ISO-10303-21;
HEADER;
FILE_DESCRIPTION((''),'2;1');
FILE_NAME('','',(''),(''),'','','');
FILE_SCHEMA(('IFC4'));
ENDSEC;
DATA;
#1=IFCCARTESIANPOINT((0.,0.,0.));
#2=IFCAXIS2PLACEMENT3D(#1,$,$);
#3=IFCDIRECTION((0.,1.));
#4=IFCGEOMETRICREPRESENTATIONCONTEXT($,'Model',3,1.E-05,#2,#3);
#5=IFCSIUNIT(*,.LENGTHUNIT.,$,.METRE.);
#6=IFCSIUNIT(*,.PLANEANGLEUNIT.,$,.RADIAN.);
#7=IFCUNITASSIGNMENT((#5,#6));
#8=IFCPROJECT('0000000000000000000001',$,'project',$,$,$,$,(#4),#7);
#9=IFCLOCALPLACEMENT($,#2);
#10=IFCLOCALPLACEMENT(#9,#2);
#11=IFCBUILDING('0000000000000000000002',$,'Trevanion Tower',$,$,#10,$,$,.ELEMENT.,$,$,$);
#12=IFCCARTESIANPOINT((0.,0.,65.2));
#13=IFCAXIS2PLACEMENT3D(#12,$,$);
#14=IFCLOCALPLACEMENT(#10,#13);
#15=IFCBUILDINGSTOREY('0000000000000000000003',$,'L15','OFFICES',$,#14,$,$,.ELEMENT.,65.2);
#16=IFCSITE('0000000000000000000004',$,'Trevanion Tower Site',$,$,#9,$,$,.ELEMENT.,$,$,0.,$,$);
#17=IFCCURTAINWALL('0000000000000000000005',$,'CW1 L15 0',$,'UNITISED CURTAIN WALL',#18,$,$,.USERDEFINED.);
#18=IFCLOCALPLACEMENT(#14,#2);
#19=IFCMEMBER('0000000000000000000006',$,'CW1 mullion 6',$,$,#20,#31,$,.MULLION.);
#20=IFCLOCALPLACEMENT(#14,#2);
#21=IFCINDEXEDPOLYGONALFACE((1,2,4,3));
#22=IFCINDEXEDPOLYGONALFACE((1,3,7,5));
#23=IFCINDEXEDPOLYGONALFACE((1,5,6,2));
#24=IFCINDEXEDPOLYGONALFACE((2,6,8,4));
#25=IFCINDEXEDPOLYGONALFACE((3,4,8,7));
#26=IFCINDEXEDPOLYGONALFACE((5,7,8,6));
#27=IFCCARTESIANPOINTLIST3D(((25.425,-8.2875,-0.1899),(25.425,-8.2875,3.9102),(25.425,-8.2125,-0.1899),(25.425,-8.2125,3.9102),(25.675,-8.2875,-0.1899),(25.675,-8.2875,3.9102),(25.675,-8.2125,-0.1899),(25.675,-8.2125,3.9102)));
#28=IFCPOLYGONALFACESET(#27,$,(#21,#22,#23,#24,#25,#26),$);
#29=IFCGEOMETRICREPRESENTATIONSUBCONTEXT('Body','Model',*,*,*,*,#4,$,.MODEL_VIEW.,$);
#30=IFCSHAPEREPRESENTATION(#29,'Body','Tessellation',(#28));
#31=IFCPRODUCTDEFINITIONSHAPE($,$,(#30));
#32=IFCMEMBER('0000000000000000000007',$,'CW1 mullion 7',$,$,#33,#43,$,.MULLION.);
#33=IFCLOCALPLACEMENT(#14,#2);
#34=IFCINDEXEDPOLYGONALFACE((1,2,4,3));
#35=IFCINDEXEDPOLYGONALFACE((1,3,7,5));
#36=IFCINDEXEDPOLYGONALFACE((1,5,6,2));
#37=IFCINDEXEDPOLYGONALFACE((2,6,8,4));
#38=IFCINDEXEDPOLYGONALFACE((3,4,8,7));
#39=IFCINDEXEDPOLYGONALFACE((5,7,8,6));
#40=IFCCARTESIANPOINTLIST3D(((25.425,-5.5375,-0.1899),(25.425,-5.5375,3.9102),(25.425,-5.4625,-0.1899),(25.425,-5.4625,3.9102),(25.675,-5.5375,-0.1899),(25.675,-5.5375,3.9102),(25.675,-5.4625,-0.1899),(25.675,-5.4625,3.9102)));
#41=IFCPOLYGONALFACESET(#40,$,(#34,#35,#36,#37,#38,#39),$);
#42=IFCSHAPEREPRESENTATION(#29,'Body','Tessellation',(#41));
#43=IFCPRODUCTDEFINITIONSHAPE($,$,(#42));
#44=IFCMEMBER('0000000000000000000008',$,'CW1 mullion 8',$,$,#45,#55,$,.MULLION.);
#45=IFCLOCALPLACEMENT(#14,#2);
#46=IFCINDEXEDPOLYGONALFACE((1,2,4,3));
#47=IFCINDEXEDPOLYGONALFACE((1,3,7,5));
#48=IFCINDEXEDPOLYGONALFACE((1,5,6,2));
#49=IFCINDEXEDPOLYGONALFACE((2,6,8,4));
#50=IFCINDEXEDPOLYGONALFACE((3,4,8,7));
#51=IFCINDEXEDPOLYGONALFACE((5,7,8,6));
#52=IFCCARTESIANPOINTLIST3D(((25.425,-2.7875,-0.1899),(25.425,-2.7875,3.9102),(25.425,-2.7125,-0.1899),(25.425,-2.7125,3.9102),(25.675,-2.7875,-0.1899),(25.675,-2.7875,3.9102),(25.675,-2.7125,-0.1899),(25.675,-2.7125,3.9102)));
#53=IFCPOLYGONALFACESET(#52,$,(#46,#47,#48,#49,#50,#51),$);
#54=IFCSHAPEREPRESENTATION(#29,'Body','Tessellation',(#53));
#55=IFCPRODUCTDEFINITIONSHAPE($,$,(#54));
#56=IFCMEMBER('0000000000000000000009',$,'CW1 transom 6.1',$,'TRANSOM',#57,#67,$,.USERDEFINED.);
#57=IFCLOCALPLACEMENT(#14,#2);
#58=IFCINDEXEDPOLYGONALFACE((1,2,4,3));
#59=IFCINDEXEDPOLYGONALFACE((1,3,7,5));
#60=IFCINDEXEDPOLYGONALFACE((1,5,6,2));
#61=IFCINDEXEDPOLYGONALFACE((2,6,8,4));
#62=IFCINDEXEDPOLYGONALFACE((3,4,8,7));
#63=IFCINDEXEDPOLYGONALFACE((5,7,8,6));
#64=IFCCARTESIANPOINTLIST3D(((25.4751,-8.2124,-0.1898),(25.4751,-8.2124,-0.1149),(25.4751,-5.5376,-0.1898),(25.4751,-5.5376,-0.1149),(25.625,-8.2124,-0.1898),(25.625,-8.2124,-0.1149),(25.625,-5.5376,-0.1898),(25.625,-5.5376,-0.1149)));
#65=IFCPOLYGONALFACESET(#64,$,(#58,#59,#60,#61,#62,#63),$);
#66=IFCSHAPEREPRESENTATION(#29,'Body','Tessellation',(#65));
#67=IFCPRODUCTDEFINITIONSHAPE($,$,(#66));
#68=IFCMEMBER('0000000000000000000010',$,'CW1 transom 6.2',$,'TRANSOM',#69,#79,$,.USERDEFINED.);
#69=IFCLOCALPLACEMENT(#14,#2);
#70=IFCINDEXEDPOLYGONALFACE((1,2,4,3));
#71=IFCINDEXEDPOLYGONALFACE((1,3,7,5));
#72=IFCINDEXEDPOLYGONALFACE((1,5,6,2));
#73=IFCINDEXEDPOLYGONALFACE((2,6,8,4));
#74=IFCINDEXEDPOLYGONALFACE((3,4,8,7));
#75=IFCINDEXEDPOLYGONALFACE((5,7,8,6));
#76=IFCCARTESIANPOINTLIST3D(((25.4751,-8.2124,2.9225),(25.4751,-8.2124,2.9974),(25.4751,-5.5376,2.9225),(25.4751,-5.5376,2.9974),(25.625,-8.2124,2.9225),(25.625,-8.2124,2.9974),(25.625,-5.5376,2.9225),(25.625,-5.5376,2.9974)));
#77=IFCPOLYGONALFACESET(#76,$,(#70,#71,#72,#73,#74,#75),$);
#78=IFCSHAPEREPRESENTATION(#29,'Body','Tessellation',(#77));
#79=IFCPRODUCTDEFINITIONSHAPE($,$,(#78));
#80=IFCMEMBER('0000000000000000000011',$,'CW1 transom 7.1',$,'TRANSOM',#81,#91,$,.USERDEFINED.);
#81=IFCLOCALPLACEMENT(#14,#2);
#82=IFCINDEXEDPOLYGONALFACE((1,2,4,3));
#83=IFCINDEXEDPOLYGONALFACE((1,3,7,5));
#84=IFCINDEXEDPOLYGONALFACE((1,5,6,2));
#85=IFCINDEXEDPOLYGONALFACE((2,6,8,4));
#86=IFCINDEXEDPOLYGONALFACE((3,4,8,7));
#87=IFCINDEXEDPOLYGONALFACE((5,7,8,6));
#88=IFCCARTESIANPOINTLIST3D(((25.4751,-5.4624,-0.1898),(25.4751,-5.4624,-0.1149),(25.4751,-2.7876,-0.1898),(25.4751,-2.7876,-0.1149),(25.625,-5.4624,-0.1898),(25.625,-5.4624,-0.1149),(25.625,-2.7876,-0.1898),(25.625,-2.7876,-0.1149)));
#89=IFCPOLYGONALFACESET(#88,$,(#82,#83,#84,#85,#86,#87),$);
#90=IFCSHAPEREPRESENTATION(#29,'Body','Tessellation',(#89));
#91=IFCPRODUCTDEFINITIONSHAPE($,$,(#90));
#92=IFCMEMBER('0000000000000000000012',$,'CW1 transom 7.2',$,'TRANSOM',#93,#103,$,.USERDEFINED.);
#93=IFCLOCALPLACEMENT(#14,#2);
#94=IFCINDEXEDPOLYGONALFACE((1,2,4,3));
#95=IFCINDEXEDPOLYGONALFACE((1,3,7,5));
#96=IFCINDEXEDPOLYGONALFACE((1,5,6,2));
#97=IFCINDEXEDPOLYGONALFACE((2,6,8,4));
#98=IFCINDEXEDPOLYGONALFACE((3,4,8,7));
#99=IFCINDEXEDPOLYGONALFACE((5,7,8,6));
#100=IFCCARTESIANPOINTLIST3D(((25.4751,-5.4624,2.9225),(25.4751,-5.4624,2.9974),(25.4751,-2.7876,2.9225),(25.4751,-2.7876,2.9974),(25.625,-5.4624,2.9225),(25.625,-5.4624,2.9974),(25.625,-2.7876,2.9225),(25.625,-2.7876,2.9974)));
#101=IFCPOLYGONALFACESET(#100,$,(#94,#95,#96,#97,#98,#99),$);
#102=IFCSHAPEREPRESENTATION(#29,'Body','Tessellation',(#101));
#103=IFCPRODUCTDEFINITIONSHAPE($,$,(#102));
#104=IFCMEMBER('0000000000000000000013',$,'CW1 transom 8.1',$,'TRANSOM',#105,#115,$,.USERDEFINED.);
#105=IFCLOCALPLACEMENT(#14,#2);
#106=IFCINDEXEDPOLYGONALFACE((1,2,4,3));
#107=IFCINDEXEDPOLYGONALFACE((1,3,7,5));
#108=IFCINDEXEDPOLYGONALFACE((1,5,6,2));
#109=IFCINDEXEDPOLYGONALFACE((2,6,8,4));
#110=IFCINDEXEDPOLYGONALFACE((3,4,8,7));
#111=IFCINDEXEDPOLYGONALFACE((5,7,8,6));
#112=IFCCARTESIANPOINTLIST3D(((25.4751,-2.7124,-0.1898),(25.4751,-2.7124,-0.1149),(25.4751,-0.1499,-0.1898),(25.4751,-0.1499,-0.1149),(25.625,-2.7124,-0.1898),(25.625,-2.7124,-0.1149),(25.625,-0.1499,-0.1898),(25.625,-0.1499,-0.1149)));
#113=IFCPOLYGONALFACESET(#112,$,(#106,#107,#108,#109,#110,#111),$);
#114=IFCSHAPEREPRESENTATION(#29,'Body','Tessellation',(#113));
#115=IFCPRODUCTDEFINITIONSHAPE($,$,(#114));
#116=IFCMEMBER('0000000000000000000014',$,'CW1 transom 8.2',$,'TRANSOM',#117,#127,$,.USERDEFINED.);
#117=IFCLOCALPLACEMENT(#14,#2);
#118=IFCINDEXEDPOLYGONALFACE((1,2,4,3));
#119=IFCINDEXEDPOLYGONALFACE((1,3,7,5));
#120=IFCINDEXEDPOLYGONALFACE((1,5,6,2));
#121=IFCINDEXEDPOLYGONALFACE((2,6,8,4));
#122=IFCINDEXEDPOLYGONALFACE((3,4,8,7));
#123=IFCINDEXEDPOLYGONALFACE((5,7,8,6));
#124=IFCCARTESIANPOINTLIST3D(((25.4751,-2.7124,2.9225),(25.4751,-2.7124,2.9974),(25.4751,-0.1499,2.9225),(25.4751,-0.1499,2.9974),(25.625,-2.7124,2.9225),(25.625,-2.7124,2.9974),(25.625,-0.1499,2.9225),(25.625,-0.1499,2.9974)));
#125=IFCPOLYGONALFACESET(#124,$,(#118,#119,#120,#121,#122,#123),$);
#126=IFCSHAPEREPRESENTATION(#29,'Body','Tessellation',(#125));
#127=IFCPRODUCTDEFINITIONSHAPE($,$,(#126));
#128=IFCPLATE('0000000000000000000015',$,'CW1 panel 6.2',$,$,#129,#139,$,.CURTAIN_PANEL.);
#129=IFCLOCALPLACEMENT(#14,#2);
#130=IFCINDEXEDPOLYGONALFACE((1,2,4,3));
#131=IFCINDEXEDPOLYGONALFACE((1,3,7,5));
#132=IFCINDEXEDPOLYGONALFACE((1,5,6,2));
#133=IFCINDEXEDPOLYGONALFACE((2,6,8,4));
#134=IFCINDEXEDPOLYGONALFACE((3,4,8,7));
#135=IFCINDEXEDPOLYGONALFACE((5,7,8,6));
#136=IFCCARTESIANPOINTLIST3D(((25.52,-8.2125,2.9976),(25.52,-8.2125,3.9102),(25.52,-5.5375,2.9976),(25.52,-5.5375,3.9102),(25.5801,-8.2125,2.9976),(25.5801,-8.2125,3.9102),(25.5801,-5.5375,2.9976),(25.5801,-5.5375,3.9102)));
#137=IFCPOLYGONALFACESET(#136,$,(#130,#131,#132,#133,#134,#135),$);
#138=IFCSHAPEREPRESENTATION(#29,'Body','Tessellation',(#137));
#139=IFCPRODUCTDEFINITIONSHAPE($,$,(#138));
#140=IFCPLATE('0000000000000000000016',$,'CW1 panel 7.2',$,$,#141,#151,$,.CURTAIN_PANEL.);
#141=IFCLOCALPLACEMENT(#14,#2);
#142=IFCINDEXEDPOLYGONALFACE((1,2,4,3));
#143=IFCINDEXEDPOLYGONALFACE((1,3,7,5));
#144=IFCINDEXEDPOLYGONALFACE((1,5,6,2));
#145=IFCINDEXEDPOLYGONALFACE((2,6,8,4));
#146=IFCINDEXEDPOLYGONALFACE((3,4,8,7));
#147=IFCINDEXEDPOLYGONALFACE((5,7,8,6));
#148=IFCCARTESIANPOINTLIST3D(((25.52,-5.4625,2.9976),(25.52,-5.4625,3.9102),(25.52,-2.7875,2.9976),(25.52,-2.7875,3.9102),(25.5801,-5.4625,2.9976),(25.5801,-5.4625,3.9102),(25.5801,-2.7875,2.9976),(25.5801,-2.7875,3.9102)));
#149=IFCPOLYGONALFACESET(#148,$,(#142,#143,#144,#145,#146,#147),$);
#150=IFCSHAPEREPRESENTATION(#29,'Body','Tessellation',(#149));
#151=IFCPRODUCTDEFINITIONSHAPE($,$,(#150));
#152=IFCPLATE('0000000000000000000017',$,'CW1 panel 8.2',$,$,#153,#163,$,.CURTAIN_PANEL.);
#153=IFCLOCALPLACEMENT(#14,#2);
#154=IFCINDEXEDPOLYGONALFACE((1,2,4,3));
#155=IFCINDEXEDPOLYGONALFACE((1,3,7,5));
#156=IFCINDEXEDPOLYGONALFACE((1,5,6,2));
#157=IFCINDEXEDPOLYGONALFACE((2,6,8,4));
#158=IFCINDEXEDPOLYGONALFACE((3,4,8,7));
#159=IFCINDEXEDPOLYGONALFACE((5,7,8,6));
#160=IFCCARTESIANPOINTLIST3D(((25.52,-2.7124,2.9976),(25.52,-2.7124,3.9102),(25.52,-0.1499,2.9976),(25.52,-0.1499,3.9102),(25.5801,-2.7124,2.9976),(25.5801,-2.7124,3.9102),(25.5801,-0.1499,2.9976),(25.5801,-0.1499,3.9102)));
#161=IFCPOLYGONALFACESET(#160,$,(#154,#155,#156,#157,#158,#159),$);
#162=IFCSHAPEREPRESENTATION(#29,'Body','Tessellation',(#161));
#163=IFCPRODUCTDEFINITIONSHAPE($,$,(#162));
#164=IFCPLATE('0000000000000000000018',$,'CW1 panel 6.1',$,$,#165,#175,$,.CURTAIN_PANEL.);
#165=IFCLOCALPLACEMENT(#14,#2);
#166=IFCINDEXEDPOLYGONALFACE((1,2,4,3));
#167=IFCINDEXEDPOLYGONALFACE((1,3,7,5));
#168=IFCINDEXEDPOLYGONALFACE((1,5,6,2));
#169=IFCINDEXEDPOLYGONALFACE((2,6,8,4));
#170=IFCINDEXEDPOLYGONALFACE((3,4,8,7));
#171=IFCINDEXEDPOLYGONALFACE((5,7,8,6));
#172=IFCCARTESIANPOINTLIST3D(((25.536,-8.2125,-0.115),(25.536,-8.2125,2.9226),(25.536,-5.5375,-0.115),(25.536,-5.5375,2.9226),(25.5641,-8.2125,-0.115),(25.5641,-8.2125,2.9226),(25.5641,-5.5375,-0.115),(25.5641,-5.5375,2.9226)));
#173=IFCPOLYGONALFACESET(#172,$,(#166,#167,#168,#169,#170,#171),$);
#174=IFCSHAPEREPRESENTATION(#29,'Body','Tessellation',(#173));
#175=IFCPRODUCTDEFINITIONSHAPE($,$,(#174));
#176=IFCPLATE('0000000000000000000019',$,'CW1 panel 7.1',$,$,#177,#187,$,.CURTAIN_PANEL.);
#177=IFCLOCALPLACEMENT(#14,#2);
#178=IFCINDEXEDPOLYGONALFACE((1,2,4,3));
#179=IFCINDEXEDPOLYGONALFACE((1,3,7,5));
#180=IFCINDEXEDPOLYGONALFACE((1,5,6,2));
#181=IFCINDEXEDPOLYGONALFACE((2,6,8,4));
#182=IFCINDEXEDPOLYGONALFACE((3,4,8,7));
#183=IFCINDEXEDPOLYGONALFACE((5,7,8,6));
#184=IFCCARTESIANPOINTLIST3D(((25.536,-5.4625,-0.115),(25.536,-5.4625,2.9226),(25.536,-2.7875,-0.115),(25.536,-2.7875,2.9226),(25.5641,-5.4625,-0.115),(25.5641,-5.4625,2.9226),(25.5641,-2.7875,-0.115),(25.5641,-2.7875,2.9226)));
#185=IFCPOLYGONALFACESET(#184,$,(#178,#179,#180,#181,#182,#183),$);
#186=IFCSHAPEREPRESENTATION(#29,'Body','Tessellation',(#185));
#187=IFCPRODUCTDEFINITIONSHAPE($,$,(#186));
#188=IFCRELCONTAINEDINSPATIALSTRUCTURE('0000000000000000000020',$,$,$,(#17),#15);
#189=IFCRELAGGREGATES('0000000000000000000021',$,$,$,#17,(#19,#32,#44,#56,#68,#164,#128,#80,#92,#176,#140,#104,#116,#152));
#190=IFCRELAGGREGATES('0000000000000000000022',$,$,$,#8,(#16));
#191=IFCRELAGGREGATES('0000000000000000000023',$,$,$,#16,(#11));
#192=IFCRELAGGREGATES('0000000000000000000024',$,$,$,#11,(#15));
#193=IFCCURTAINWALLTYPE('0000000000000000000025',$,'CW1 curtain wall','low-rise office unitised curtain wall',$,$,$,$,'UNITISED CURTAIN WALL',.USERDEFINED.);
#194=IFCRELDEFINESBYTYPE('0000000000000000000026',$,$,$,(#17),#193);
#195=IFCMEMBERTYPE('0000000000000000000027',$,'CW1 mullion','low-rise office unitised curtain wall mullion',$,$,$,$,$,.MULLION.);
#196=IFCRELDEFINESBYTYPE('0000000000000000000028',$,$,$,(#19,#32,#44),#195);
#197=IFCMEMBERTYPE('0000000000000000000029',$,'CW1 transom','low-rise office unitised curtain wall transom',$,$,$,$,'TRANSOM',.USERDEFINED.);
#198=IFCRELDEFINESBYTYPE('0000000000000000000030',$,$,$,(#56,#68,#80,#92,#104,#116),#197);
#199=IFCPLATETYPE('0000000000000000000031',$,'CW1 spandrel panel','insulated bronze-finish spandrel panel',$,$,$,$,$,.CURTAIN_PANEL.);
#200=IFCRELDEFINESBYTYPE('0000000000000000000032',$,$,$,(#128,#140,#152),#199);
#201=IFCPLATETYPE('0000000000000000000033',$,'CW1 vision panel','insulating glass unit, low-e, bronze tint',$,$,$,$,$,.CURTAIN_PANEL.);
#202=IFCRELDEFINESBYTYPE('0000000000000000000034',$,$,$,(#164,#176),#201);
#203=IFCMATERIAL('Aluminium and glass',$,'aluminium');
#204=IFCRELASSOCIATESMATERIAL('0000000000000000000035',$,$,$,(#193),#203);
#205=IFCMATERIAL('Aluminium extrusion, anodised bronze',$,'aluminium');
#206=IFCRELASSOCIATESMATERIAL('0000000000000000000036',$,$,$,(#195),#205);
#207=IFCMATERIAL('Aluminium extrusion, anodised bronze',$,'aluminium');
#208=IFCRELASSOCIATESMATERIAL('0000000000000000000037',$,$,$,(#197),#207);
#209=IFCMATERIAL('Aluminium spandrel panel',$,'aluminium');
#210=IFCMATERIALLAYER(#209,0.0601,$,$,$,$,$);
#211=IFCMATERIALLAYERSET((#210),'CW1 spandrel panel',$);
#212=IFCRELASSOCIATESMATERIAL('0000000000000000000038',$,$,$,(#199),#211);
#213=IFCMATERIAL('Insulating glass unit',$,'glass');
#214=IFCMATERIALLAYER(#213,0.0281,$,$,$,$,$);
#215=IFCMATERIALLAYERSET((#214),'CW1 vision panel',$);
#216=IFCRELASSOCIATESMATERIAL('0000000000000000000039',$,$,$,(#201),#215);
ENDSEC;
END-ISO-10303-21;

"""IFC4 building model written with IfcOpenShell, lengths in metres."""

from ifc_helpers import new_model, si_unit, direction, frame, origin, origin_2d, place, context, subcontext, project, spatial, rectangle, extrude, material, layer, layer_set, material_profile, profile_set, type_object, element, aggregate, save


model = new_model("IFC4")

# Units and contexts
model_context = context("Model", 3, precision=1e-05, world=origin(), true_north=direction((0.0, 1.0)))
body_context = subcontext(model_context, "Body", "Model", "MODEL_VIEW")
ifc_project = project(units=[si_unit("LENGTHUNIT", "METRE"), si_unit("PLANEANGLEUNIT", "RADIAN")], contexts=[model_context])

# Site, building, storey
site_placement = place(None, origin())
site = spatial("IfcSite", under=ifc_project, at=site_placement, Name="Trevanion Tower Site", CompositionType="ELEMENT", RefElevation=0.0)
building_placement = place(site_placement, origin())
building = spatial("IfcBuilding", under=site, at=building_placement, Name="Trevanion Tower", CompositionType="ELEMENT")
storey_placement = place(building_placement, frame((0.0, 0.0, 65.2)))
storey = spatial("IfcBuildingStorey", under=building, at=storey_placement, Name="L15", Description="OFFICES", CompositionType="ELEMENT", Elevation=65.2)

# Curtain wall, members, plates
ifc_material_1 = material(Name="Aluminium and glass", Category="aluminium")
curtain_wall_type = type_object("IfcCurtainWallType", Name="CW1 curtain wall", Description="low-rise office unitised curtain wall", ElementType="UNITISED CURTAIN WALL", PredefinedType="USERDEFINED", material=ifc_material_1)
curtain_wall_placement = place(storey_placement, origin())
curtain_wall = element("IfcCurtainWall", 1, at=curtain_wall_placement, inside=storey, type_object=curtain_wall_type, Name="CW1 L15 0", ObjectType="UNITISED CURTAIN WALL", PredefinedType="USERDEFINED")
ifc_material_2 = material(Name="Aluminium extrusion, anodised bronze", Category="aluminium")
ifc_material_profile_1 = material_profile(ifc_material_2, rectangle(XDim=0.075, YDim=0.25, at=origin_2d()), Name="CW1 mullion")
ifc_profile_set_1 = profile_set([ifc_material_profile_1], Name="Aluminium extrusion, anodised bronze")
member_type_1 = type_object("IfcMemberType", Name="CW1 mullion", Description="low-rise office unitised curtain wall mullion", PredefinedType="MULLION", material=ifc_profile_set_1)
member_1_placement = place(storey_placement, frame((25.55, -8.25, -0.1899), z_axis=(0.0, 0.0, 1.0), x_axis=(0.0, 1.0, 0.0)))
member_1 = element("IfcMember", 2, at=member_1_placement, type_object=member_type_1, Name="CW1 mullion 6", PredefinedType="MULLION", context=body_context, shape_type="SweptSolid", body=[
    extrude(rectangle(XDim=0.075, YDim=0.25, at=origin_2d()), origin(), (0.0, 0.0, 1.0), 4.1001),
])
member_2_placement = place(storey_placement, frame((25.55, -5.5, -0.1899), z_axis=(0.0, 0.0, 1.0), x_axis=(0.0, 1.0, 0.0)))
member_2 = element("IfcMember", 3, at=member_2_placement, type_object=member_type_1, Name="CW1 mullion 7", PredefinedType="MULLION", context=body_context, shape_type="SweptSolid", body=[
    extrude(rectangle(XDim=0.075, YDim=0.25, at=origin_2d()), origin(), (0.0, 0.0, 1.0), 4.1001),
])
member_3_placement = place(storey_placement, frame((25.55, -2.75, -0.1899), z_axis=(0.0, 0.0, 1.0), x_axis=(0.0, 1.0, 0.0)))
member_3 = element("IfcMember", 4, at=member_3_placement, type_object=member_type_1, Name="CW1 mullion 8", PredefinedType="MULLION", context=body_context, shape_type="SweptSolid", body=[
    extrude(rectangle(XDim=0.075, YDim=0.25, at=origin_2d()), origin(), (0.0, 0.0, 1.0), 4.1001),
])
ifc_material_3 = material(Name="Aluminium extrusion, anodised bronze", Category="aluminium")
ifc_material_profile_2 = material_profile(ifc_material_3, rectangle(XDim=0.1499, YDim=0.075, at=origin_2d()), Name="CW1 transom")
ifc_profile_set_2 = profile_set([ifc_material_profile_2], Name="Aluminium extrusion, anodised bronze")
member_type_2 = type_object("IfcMemberType", Name="CW1 transom", Description="low-rise office unitised curtain wall transom", ElementType="TRANSOM", PredefinedType="USERDEFINED", material=ifc_profile_set_2)
member_4_placement = place(storey_placement, frame((25.55, -8.2124, -0.1523), z_axis=(0.0, 1.0, 0.0), x_axis=(-1.0, 0.0, 0.0)))
member_4 = element("IfcMember", 5, at=member_4_placement, type_object=member_type_2, Name="CW1 transom 6.1", ObjectType="TRANSOM", PredefinedType="USERDEFINED", context=body_context, shape_type="SweptSolid", body=[
    extrude(rectangle(XDim=0.1499, YDim=0.075, at=origin_2d()), origin(), (0.0, 0.0, 1.0), 2.6748),
])
member_5_placement = place(storey_placement, frame((25.55, -8.2124, 2.96), z_axis=(0.0, 1.0, 0.0), x_axis=(-1.0, 0.0, 0.0)))
member_5 = element("IfcMember", 6, at=member_5_placement, type_object=member_type_2, Name="CW1 transom 6.2", ObjectType="TRANSOM", PredefinedType="USERDEFINED", context=body_context, shape_type="SweptSolid", body=[
    extrude(rectangle(XDim=0.1499, YDim=0.075, at=origin_2d()), origin(), (0.0, 0.0, 1.0), 2.6748),
])
member_6_placement = place(storey_placement, frame((25.55, -5.4624, -0.1523), z_axis=(0.0, 1.0, 0.0), x_axis=(-1.0, 0.0, 0.0)))
member_6 = element("IfcMember", 7, at=member_6_placement, type_object=member_type_2, Name="CW1 transom 7.1", ObjectType="TRANSOM", PredefinedType="USERDEFINED", context=body_context, shape_type="SweptSolid", body=[
    extrude(rectangle(XDim=0.1499, YDim=0.075, at=origin_2d()), origin(), (0.0, 0.0, 1.0), 2.6748),
])
member_7_placement = place(storey_placement, frame((25.55, -5.4624, 2.96), z_axis=(0.0, 1.0, 0.0), x_axis=(-1.0, 0.0, 0.0)))
member_7 = element("IfcMember", 8, at=member_7_placement, type_object=member_type_2, Name="CW1 transom 7.2", ObjectType="TRANSOM", PredefinedType="USERDEFINED", context=body_context, shape_type="SweptSolid", body=[
    extrude(rectangle(XDim=0.1499, YDim=0.075, at=origin_2d()), origin(), (0.0, 0.0, 1.0), 2.6748),
])
member_8_placement = place(storey_placement, frame((25.55, -2.7124, -0.1523), z_axis=(0.0, 1.0, 0.0), x_axis=(-1.0, 0.0, 0.0)))
member_8 = element("IfcMember", 9, at=member_8_placement, type_object=member_type_2, Name="CW1 transom 8.1", ObjectType="TRANSOM", PredefinedType="USERDEFINED", context=body_context, shape_type="SweptSolid", body=[
    extrude(rectangle(XDim=0.1499, YDim=0.075, at=origin_2d()), origin(), (0.0, 0.0, 1.0), 2.5625),
])
member_9_placement = place(storey_placement, frame((25.55, -2.7124, 2.96), z_axis=(0.0, 1.0, 0.0), x_axis=(-1.0, 0.0, 0.0)))
member_9 = element("IfcMember", 10, at=member_9_placement, type_object=member_type_2, Name="CW1 transom 8.2", ObjectType="TRANSOM", PredefinedType="USERDEFINED", context=body_context, shape_type="SweptSolid", body=[
    extrude(rectangle(XDim=0.1499, YDim=0.075, at=origin_2d()), origin(), (0.0, 0.0, 1.0), 2.5625),
])
ifc_material_4 = material(Name="Aluminium spandrel panel", Category="aluminium")
ifc_layer_1 = layer(ifc_material_4, 0.0601)
ifc_layer_set_1 = layer_set([ifc_layer_1], Name="CW1 spandrel panel")
plate_type_1 = type_object("IfcPlateType", Name="CW1 spandrel panel", Description="insulated bronze-finish spandrel panel", PredefinedType="CURTAIN_PANEL", material=ifc_layer_set_1)
plate_1_placement = place(storey_placement, frame((25.55, -6.875, 2.9976), z_axis=(0.0, 0.0, 1.0), x_axis=(0.0, 1.0, 0.0)))
plate_1 = element("IfcPlate", 11, at=plate_1_placement, type_object=plate_type_1, Name="CW1 panel 6.2", PredefinedType="CURTAIN_PANEL", context=body_context, shape_type="SweptSolid", body=[
    extrude(rectangle(XDim=2.675, YDim=0.0601, at=origin_2d()), origin(), (0.0, 0.0, 1.0), 0.9126),
])
plate_2_placement = place(storey_placement, frame((25.55, -4.125, 2.9976), z_axis=(0.0, 0.0, 1.0), x_axis=(0.0, 1.0, 0.0)))
plate_2 = element("IfcPlate", 12, at=plate_2_placement, type_object=plate_type_1, Name="CW1 panel 7.2", PredefinedType="CURTAIN_PANEL", context=body_context, shape_type="SweptSolid", body=[
    extrude(rectangle(XDim=2.675, YDim=0.0601, at=origin_2d()), origin(), (0.0, 0.0, 1.0), 0.9126),
])
plate_3_placement = place(storey_placement, frame((25.55, -1.4312, 2.9976), z_axis=(0.0, 0.0, 1.0), x_axis=(0.0, 1.0, 0.0)))
plate_3 = element("IfcPlate", 13, at=plate_3_placement, type_object=plate_type_1, Name="CW1 panel 8.2", PredefinedType="CURTAIN_PANEL", context=body_context, shape_type="SweptSolid", body=[
    extrude(rectangle(XDim=2.5625, YDim=0.0601, at=origin_2d()), origin(), (0.0, 0.0, 1.0), 0.9126),
])
ifc_material_5 = material(Name="Insulating glass unit", Category="glass")
ifc_layer_2 = layer(ifc_material_5, 0.0281)
ifc_layer_set_2 = layer_set([ifc_layer_2], Name="CW1 vision panel")
plate_type_2 = type_object("IfcPlateType", Name="CW1 vision panel", Description="insulating glass unit, low-e, bronze tint", PredefinedType="CURTAIN_PANEL", material=ifc_layer_set_2)
plate_4_placement = place(storey_placement, frame((25.55, -6.875, -0.115), z_axis=(0.0, 0.0, 1.0), x_axis=(0.0, 1.0, 0.0)))
plate_4 = element("IfcPlate", 14, at=plate_4_placement, type_object=plate_type_2, Name="CW1 panel 6.1", PredefinedType="CURTAIN_PANEL", context=body_context, shape_type="SweptSolid", body=[
    extrude(rectangle(XDim=2.675, YDim=0.0281, at=origin_2d()), origin(), (0.0, 0.0, 1.0), 3.0376),
])
plate_5_placement = place(storey_placement, frame((25.55, -4.125, -0.115), z_axis=(0.0, 0.0, 1.0), x_axis=(0.0, 1.0, 0.0)))
plate_5 = element("IfcPlate", 15, at=plate_5_placement, type_object=plate_type_2, Name="CW1 panel 7.1", PredefinedType="CURTAIN_PANEL", context=body_context, shape_type="SweptSolid", body=[
    extrude(rectangle(XDim=2.675, YDim=0.0281, at=origin_2d()), origin(), (0.0, 0.0, 1.0), 3.0376),
])
aggregate(curtain_wall, [member_1, member_2, member_3, member_4, member_5, plate_4, plate_1, member_6, member_7, plate_5, plate_2, member_8, member_9, plate_3])

save(model, "model.ifc")
